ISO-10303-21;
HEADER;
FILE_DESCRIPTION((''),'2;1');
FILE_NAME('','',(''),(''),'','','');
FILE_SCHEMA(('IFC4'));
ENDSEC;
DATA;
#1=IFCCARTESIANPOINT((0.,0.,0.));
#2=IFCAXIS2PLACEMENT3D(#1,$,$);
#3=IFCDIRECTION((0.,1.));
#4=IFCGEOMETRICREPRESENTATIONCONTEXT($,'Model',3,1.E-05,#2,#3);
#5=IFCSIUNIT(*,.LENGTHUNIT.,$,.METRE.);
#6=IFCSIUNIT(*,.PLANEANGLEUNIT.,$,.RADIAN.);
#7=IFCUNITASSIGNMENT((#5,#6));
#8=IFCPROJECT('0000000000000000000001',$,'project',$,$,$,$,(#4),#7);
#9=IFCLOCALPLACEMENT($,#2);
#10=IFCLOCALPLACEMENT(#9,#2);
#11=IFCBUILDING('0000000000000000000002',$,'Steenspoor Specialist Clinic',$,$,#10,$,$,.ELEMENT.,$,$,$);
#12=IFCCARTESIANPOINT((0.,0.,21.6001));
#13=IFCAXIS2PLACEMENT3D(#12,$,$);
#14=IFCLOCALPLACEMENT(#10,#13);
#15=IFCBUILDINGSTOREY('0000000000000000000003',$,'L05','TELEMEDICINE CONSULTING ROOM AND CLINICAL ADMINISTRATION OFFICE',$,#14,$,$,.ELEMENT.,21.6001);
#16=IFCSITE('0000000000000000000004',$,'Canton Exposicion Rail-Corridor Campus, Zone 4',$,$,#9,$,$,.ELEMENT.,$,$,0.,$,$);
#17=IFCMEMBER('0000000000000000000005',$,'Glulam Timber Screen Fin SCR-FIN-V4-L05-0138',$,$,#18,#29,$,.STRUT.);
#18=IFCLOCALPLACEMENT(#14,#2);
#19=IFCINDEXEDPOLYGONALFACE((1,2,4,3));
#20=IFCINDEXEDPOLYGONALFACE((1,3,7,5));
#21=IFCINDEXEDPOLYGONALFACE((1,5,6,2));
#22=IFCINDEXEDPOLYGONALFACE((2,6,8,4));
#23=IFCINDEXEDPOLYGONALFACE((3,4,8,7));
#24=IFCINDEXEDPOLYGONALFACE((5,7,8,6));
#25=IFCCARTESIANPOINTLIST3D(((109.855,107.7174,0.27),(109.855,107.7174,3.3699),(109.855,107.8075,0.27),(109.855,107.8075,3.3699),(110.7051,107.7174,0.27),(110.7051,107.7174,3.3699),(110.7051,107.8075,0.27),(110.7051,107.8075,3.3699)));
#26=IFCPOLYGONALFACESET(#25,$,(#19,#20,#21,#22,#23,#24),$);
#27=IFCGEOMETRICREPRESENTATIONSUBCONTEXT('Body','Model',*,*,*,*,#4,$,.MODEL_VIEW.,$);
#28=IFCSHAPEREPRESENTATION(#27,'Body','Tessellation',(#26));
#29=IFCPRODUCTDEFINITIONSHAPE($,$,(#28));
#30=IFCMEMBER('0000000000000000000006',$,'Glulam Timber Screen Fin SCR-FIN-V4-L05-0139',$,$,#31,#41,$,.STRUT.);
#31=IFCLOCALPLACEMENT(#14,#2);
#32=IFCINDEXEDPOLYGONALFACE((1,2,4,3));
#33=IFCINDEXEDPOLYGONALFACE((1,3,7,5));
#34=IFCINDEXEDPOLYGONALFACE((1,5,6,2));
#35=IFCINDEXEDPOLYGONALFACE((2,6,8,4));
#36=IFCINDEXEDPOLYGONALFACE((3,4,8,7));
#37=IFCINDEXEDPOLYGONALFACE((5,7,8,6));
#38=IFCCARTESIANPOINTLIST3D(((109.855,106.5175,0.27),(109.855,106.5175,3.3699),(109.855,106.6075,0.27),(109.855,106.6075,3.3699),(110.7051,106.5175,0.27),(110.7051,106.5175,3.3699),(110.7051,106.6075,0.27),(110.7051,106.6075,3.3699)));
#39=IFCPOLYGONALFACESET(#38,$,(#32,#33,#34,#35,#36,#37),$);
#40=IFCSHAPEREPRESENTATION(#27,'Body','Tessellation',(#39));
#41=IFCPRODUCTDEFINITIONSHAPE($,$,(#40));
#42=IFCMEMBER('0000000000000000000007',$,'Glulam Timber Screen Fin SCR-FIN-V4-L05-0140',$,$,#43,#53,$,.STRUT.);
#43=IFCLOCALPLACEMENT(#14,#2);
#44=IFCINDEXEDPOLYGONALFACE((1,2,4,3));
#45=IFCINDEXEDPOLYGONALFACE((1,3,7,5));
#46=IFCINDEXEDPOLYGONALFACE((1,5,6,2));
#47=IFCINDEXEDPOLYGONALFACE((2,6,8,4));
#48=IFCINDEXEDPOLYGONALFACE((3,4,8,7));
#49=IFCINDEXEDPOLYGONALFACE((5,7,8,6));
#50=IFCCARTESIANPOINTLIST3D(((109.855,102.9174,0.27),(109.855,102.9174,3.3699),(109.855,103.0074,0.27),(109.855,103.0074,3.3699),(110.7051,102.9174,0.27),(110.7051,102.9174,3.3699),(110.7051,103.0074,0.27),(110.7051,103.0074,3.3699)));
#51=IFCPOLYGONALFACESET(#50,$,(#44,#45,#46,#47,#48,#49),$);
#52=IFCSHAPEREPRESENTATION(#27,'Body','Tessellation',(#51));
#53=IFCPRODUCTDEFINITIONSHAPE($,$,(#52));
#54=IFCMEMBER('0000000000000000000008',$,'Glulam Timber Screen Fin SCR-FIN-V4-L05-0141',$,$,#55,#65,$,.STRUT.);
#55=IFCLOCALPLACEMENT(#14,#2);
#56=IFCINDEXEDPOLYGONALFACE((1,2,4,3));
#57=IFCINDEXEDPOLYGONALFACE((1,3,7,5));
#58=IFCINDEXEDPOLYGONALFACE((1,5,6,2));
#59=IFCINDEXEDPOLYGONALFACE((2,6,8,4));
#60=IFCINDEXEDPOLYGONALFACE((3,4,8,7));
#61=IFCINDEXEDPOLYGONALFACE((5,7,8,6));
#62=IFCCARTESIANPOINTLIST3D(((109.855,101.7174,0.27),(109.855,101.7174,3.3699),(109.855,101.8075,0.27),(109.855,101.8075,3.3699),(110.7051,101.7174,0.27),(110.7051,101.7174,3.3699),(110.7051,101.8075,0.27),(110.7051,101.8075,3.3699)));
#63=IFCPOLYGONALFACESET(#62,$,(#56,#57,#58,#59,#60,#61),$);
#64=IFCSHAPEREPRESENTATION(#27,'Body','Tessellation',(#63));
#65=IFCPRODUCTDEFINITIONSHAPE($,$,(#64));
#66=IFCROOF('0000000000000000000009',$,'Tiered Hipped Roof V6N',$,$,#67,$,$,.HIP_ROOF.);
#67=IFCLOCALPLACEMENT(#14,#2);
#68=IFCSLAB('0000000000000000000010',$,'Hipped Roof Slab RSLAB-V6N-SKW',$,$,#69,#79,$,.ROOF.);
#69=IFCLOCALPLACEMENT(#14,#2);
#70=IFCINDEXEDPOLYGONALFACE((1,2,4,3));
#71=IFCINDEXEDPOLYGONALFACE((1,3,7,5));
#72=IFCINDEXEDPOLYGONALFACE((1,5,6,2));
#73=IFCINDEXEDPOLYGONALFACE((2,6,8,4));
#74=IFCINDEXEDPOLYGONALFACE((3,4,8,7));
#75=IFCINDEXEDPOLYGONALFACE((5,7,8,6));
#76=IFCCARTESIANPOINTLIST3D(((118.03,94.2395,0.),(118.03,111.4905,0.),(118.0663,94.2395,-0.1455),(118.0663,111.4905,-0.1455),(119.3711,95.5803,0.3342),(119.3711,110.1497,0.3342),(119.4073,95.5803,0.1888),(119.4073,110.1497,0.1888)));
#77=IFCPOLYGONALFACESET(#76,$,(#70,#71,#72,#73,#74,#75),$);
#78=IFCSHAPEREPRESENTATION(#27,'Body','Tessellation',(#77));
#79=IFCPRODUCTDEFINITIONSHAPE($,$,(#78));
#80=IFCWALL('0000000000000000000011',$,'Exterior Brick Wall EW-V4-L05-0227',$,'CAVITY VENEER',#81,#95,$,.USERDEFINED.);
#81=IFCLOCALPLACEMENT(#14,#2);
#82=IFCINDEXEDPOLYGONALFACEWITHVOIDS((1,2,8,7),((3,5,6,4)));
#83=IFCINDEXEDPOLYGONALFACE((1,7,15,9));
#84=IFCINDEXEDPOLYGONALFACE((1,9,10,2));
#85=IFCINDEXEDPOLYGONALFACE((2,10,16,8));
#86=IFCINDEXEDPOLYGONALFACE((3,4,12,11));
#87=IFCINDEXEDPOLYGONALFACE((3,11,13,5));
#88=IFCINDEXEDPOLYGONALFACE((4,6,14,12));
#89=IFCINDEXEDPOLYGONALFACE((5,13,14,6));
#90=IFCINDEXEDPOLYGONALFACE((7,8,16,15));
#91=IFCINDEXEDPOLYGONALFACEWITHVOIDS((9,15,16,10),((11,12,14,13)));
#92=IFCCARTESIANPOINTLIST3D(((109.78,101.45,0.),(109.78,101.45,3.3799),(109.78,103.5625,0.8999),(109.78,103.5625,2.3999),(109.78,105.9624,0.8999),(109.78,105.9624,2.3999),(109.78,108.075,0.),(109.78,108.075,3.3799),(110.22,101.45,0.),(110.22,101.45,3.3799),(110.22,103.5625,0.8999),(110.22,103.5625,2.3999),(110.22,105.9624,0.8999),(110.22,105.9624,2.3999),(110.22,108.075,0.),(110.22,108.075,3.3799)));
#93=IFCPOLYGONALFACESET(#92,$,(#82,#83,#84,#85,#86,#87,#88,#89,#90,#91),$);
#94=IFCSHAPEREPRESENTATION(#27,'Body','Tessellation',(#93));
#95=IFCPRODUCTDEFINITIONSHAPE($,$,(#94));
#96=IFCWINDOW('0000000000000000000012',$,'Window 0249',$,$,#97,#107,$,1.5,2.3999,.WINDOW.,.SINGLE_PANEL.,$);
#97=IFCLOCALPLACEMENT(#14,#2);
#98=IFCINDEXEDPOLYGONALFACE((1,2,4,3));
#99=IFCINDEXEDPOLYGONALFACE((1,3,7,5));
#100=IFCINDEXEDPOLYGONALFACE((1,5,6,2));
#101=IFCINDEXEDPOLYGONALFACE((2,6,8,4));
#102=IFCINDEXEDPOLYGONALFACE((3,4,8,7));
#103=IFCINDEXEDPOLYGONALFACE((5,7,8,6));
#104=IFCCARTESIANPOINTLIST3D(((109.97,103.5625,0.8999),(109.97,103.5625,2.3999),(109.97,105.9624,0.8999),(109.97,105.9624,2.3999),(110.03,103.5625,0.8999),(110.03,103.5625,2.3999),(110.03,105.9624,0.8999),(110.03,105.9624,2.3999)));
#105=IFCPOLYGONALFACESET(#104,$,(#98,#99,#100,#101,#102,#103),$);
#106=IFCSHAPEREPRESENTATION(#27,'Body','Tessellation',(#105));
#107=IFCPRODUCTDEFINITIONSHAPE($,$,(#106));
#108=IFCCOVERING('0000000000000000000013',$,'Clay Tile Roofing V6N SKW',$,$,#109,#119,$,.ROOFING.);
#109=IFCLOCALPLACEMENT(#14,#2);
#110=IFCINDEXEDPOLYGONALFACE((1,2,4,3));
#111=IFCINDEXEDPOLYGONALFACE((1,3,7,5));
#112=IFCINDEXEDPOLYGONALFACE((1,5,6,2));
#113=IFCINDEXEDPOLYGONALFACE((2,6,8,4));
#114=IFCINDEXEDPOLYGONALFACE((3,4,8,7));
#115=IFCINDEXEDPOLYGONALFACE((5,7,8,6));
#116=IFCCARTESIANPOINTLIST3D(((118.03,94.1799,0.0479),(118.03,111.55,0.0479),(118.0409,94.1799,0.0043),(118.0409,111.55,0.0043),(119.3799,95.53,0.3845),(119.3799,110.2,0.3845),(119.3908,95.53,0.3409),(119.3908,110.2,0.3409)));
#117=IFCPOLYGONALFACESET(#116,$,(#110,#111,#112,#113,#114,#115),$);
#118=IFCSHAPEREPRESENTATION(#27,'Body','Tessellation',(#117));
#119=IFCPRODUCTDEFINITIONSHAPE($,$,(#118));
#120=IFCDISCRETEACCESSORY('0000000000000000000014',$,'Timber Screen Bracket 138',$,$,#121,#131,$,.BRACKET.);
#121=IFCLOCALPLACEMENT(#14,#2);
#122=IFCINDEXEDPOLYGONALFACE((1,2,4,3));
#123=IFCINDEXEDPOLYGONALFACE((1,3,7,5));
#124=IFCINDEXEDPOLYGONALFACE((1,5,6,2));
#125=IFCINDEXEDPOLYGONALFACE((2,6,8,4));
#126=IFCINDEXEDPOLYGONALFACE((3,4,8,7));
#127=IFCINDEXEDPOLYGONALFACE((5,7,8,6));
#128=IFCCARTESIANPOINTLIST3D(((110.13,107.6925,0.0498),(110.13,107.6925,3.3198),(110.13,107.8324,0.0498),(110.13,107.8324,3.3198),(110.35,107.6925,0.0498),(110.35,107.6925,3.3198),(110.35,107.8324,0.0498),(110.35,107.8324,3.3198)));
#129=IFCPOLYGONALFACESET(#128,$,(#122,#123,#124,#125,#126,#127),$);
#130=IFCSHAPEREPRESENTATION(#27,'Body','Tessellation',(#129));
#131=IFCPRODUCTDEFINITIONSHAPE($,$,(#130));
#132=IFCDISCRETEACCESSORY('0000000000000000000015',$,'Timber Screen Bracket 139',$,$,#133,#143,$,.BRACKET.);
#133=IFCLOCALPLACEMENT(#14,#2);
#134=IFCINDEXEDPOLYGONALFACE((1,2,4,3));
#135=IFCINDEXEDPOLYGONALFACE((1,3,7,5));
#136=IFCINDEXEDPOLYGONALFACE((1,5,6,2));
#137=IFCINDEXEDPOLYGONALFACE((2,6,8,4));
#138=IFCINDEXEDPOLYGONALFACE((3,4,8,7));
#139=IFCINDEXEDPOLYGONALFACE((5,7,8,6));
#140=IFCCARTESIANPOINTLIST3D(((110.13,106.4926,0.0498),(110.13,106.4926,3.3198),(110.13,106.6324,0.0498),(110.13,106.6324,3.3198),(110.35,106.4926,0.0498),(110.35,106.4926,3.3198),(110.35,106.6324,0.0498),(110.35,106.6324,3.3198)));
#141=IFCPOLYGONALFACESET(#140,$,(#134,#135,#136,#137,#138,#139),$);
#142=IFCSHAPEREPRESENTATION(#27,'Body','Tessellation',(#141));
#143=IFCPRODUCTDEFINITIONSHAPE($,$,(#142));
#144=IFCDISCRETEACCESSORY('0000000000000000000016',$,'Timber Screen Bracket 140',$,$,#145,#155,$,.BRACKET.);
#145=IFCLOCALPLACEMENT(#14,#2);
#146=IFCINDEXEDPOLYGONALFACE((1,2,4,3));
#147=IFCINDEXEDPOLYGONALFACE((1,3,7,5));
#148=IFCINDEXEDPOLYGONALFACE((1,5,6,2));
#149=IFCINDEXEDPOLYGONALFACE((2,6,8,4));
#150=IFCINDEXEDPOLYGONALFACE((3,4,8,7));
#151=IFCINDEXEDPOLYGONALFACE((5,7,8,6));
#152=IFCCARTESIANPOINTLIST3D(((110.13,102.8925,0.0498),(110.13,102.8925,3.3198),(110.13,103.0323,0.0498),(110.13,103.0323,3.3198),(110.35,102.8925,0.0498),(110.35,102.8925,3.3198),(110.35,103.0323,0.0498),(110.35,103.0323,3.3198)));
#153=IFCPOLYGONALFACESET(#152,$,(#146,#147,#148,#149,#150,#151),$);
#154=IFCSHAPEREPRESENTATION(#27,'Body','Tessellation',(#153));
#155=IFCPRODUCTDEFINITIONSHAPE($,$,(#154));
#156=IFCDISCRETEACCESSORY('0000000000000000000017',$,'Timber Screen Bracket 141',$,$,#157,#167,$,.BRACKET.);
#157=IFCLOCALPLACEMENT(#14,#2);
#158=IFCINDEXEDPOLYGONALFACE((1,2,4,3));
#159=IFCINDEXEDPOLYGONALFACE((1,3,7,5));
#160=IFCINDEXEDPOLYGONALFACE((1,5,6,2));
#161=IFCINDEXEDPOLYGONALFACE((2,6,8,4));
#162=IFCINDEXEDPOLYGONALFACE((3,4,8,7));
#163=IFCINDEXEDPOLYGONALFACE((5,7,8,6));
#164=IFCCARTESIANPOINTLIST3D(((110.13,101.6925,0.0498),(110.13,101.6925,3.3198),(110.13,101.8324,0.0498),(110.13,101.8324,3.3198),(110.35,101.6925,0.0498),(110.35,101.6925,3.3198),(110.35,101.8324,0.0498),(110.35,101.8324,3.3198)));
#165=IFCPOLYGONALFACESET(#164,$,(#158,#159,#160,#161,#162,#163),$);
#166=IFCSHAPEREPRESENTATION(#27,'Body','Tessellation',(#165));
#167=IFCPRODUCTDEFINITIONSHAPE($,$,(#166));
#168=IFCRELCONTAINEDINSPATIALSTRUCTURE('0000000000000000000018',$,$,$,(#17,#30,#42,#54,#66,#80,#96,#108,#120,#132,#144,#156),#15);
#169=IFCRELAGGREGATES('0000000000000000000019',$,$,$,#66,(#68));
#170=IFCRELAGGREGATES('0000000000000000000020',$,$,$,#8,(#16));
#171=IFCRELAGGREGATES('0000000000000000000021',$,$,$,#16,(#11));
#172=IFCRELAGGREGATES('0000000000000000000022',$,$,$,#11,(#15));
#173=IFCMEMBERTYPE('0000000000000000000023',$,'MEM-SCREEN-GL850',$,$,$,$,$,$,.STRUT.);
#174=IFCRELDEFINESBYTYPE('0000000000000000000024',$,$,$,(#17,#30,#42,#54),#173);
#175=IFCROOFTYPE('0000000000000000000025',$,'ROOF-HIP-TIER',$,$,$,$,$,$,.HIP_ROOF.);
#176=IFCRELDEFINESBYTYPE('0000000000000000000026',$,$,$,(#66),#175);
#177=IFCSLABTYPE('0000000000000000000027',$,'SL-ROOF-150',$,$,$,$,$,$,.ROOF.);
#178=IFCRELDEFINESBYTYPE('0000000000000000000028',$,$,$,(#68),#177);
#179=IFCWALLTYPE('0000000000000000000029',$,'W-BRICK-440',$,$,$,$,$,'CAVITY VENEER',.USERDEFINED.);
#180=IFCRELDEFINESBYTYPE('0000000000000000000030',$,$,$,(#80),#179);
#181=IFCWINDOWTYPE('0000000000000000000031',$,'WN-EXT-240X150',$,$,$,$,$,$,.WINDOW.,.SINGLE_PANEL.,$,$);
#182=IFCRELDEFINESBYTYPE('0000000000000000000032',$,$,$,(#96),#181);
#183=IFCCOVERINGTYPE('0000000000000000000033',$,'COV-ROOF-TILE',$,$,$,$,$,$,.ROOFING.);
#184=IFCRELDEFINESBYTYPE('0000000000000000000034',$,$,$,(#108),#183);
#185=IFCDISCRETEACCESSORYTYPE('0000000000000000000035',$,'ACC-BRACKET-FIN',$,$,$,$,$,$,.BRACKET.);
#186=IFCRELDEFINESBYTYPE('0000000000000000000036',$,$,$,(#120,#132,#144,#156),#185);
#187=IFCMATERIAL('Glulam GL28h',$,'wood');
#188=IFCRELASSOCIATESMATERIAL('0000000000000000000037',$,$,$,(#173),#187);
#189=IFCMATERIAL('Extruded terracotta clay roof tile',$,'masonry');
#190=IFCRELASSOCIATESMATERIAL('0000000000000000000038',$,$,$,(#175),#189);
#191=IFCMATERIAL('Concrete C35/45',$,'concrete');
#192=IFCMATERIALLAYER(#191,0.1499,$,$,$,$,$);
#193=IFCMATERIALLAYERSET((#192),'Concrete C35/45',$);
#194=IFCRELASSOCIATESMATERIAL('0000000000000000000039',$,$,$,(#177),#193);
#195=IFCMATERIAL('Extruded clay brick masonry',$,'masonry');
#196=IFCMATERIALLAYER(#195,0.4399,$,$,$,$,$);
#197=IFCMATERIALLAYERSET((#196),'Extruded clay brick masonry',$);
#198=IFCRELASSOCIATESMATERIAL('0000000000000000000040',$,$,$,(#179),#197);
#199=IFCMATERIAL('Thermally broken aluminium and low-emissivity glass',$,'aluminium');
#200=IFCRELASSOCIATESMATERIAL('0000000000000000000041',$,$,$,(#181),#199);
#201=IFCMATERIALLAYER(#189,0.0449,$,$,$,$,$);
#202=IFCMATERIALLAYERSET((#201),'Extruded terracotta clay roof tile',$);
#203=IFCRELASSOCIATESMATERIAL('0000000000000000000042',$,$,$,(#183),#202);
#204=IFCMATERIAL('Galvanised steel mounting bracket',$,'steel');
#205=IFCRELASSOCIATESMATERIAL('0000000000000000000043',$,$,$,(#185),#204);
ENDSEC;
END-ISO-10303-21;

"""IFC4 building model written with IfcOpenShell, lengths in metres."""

from ifc_helpers import new_model, si_unit, direction, frame, frame_2d, origin, origin_2d, place, context, subcontext, project, spatial, polyline, rectangle, outline, extrude, material, layer, layer_set, material_profile, profile_set, type_object, element, fill, aggregate, save


model = new_model("IFC4")

# Units and contexts
model_context = context("Model", 3, precision=1e-05, world=origin(), true_north=direction((0.0, 1.0)))
body_context = subcontext(model_context, "Body", "Model", "MODEL_VIEW")
ifc_project = project(units=[si_unit("LENGTHUNIT", "METRE"), si_unit("PLANEANGLEUNIT", "RADIAN")], contexts=[model_context])

# Site, building, storey
site_placement = place(None, origin())
site = spatial("IfcSite", under=ifc_project, at=site_placement, Name="Canton Exposicion Rail-Corridor Campus, Zone 4", CompositionType="ELEMENT", RefElevation=0.0)
building_placement = place(site_placement, origin())
building = spatial("IfcBuilding", under=site, at=building_placement, Name="Steenspoor Specialist Clinic", CompositionType="ELEMENT")
storey_placement = place(building_placement, frame((0.0, 0.0, 21.6001)))
storey = spatial("IfcBuildingStorey", under=building, at=storey_placement, Name="L05", Description="TELEMEDICINE CONSULTING ROOM AND CLINICAL ADMINISTRATION OFFICE", CompositionType="ELEMENT", Elevation=21.6001)

# Shared definitions
ifc_material_1 = material(Name="Glulam GL28h", Category="wood")
ifc_material_2 = material(Name="Concrete C35/45", Category="concrete")

# Shared definitions
ifc_material_3 = material(Name="Thermally broken aluminium and low-emissivity glass", Category="aluminium")

# Members
ifc_material_profile_1 = material_profile(ifc_material_1, rectangle(XDim=0.0901, YDim=0.8501, at=origin_2d()), Name="GL28H-90X850")
ifc_profile_set_1 = profile_set([ifc_material_profile_1], Name="Glulam GL28h")
member_type_1 = type_object("IfcMemberType", Name="MEM-SCREEN-GL850", PredefinedType="STRUT", material=ifc_profile_set_1)
for number, where, z_axis, x_axis, name in (
    (1, (110.28, 107.7625, 0.27), (0.0, 0.0, 1.0), (0.0, -1.0, 0.0), "Glulam Timber Screen Fin SCR-FIN-V4-L05-0138"),
    (2, (110.28, 106.5625, 0.27), (0.0, 0.0, 1.0), (0.0, -1.0, 0.0), "Glulam Timber Screen Fin SCR-FIN-V4-L05-0139"),
    (3, (110.28, 102.9624, 0.27), (0.0, 0.0, 1.0), (0.0, -1.0, 0.0), "Glulam Timber Screen Fin SCR-FIN-V4-L05-0140"),
    (4, (110.28, 101.7625, 0.27), (0.0, 0.0, 1.0), (0.0, -1.0, 0.0), "Glulam Timber Screen Fin SCR-FIN-V4-L05-0141"),
):
    element("IfcMember", number, at=place(storey_placement, frame(where, z_axis=z_axis, x_axis=x_axis)), inside=storey, type_object=member_type_1, Name=name, PredefinedType="STRUT", context=body_context, shape_type="SweptSolid", body=[
        extrude(rectangle(XDim=0.0901, YDim=0.8501, at=origin_2d()), origin(), (0.0, 0.0, 1.0), 3.0999),
    ])

# Roof, slab
ifc_material_4 = material(Name="Extruded terracotta clay roof tile", Category="masonry")
roof_type = type_object("IfcRoofType", Name="ROOF-HIP-TIER", PredefinedType="HIP_ROOF", material=ifc_material_4)
roof_placement = place(storey_placement, origin())
roof = element("IfcRoof", 5, at=roof_placement, inside=storey, type_object=roof_type, Name="Tiered Hipped Roof V6N", PredefinedType="HIP_ROOF")
ifc_layer_1 = layer(ifc_material_2, 0.1499)
ifc_layer_set_1 = layer_set([ifc_layer_1], Name="Concrete C35/45")
slab_type = type_object("IfcSlabType", Name="SL-ROOF-150", PredefinedType="ROOF", material=ifc_layer_set_1)
slab_placement = place(storey_placement, frame((119.3711, 110.1497, 0.3342), z_axis=(-0.241829, 0.0, 0.970319), x_axis=(-0.696437, 0.696311, -0.17357)))
slab = element("IfcSlab", 6, at=slab_placement, type_object=slab_type, Name="Hipped Roof Slab RSLAB-V6N-SKW", PredefinedType="ROOF", context=body_context, shape_type="SweptSolid", body=[
    extrude(outline(polyline([(0.0, 0.0), (1.9256, 0.0), (-10.0864, 12.3817), (-10.1448, 10.457), (0.0, 0.0)])), origin(), (0.0, 0.0, -1.0), 0.1499),
])
aggregate(roof, [slab])

# Wall, opening, window
ifc_material_5 = material(Name="Extruded clay brick masonry", Category="masonry")
ifc_layer_2 = layer(ifc_material_5, 0.4399)
ifc_layer_set_2 = layer_set([ifc_layer_2], Name="Extruded clay brick masonry")
wall_type = type_object("IfcWallType", Name="W-BRICK-440", ElementType="CAVITY VENEER", PredefinedType="USERDEFINED", material=ifc_layer_set_2)
wall_placement = place(storey_placement, frame((110.0, 108.075, 0.0), z_axis=(0.0, 0.0, 1.0), x_axis=(0.0, -1.0, 0.0)))
wall = element("IfcWall", 7, at=wall_placement, inside=storey, type_object=wall_type, Name="Exterior Brick Wall EW-V4-L05-0227", ObjectType="CAVITY VENEER", PredefinedType="USERDEFINED", context=body_context, shape_type="SweptSolid", body=[
    extrude(rectangle(XDim=6.625, YDim=0.4399, at=frame_2d((3.3125, 0.0))), origin(), (0.0, 0.0, 1.0), 3.3799),
])
opening_placement = place(wall_placement, frame((2.1125, 0.0, 0.8999)))
opening = element("IfcOpeningElement", 8, at=opening_placement, cuts=wall, PredefinedType="OPENING", context=body_context, shape_type="SweptSolid", body=[
    extrude(rectangle(XDim=2.3999, YDim=1.5, at=frame_2d((1.2, 0.75))), frame((0.0, 0.23, 0.0), z_axis=(0.0, -1.0, 0.0), x_axis=(1.0, 0.0, 0.0)), (0.0, 0.0, 1.0), 0.46),
])
window_type = type_object("IfcWindowType", Name="WN-EXT-240X150", PartitioningType="SINGLE_PANEL", PredefinedType="WINDOW", material=ifc_material_3)
window_placement = place(opening_placement, origin())
window = element("IfcWindow", 9, at=window_placement, inside=storey, type_object=window_type, Name="Window 0249", OverallHeight=1.5, OverallWidth=2.3999, PartitioningType="SINGLE_PANEL", PredefinedType="WINDOW", context=body_context, shape_type="SweptSolid", body=[
    extrude(rectangle(XDim=2.3999, YDim=1.5, at=frame_2d((1.2, 0.75))), frame((0.0, 0.03, 0.0), z_axis=(0.0, -1.0, 0.0), x_axis=(1.0, 0.0, 0.0)), (0.0, 0.0, 1.0), 0.0601),
])
fill(opening, window)

# Covering
ifc_layer_3 = layer(ifc_material_4, 0.0449)
ifc_layer_set_3 = layer_set([ifc_layer_3], Name="Extruded terracotta clay roof tile")
covering_type = type_object("IfcCoveringType", Name="COV-ROOF-TILE", PredefinedType="ROOFING", material=ifc_layer_set_3)
covering_placement = place(storey_placement, frame((118.03, 111.55, 0.0479), z_axis=(-0.241999, 0.0, 0.970277), x_axis=(0.0, -1.0, 0.0)))
element("IfcCovering", 10, at=covering_placement, inside=storey, type_object=covering_type, Name="Clay Tile Roofing V6N SKW", PredefinedType="ROOFING", context=body_context, shape_type="SweptSolid", body=[
    extrude(outline(polyline([(0.0, 0.0), (17.3701, 0.0), (16.02, 1.3912), (1.3501, 1.3912), (0.0, 0.0)])), origin(), (0.0, 0.0, -1.0), 0.0449),
])

# Discrete accessories
ifc_material_6 = material(Name="Galvanised steel mounting bracket", Category="steel")
discrete_accessory_type = type_object("IfcDiscreteAccessoryType", Name="ACC-BRACKET-FIN", PredefinedType="BRACKET", material=ifc_material_6)
for number, where, z_axis, x_axis, name in (
    (11, (110.24, 107.7625, 0.0498), (0.0, 0.0, 1.0), (1.0, 0.0, 0.0), "Timber Screen Bracket 138"),
    (12, (110.24, 106.5625, 0.0498), (0.0, 0.0, 1.0), (1.0, 0.0, 0.0), "Timber Screen Bracket 139"),
    (13, (110.24, 102.9624, 0.0498), (0.0, 0.0, 1.0), (1.0, 0.0, 0.0), "Timber Screen Bracket 140"),
    (14, (110.24, 101.7625, 0.0498), (0.0, 0.0, 1.0), (1.0, 0.0, 0.0), "Timber Screen Bracket 141"),
):
    element("IfcDiscreteAccessory", number, at=place(storey_placement, frame(where, z_axis=z_axis, x_axis=x_axis)), inside=storey, type_object=discrete_accessory_type, Name=name, PredefinedType="BRACKET", context=body_context, shape_type="SweptSolid", body=[
        extrude(rectangle(XDim=0.22, YDim=0.1399, at=origin_2d()), origin(), (0.0, 0.0, 1.0), 3.27),
    ])

save(model, "model.ifc")
